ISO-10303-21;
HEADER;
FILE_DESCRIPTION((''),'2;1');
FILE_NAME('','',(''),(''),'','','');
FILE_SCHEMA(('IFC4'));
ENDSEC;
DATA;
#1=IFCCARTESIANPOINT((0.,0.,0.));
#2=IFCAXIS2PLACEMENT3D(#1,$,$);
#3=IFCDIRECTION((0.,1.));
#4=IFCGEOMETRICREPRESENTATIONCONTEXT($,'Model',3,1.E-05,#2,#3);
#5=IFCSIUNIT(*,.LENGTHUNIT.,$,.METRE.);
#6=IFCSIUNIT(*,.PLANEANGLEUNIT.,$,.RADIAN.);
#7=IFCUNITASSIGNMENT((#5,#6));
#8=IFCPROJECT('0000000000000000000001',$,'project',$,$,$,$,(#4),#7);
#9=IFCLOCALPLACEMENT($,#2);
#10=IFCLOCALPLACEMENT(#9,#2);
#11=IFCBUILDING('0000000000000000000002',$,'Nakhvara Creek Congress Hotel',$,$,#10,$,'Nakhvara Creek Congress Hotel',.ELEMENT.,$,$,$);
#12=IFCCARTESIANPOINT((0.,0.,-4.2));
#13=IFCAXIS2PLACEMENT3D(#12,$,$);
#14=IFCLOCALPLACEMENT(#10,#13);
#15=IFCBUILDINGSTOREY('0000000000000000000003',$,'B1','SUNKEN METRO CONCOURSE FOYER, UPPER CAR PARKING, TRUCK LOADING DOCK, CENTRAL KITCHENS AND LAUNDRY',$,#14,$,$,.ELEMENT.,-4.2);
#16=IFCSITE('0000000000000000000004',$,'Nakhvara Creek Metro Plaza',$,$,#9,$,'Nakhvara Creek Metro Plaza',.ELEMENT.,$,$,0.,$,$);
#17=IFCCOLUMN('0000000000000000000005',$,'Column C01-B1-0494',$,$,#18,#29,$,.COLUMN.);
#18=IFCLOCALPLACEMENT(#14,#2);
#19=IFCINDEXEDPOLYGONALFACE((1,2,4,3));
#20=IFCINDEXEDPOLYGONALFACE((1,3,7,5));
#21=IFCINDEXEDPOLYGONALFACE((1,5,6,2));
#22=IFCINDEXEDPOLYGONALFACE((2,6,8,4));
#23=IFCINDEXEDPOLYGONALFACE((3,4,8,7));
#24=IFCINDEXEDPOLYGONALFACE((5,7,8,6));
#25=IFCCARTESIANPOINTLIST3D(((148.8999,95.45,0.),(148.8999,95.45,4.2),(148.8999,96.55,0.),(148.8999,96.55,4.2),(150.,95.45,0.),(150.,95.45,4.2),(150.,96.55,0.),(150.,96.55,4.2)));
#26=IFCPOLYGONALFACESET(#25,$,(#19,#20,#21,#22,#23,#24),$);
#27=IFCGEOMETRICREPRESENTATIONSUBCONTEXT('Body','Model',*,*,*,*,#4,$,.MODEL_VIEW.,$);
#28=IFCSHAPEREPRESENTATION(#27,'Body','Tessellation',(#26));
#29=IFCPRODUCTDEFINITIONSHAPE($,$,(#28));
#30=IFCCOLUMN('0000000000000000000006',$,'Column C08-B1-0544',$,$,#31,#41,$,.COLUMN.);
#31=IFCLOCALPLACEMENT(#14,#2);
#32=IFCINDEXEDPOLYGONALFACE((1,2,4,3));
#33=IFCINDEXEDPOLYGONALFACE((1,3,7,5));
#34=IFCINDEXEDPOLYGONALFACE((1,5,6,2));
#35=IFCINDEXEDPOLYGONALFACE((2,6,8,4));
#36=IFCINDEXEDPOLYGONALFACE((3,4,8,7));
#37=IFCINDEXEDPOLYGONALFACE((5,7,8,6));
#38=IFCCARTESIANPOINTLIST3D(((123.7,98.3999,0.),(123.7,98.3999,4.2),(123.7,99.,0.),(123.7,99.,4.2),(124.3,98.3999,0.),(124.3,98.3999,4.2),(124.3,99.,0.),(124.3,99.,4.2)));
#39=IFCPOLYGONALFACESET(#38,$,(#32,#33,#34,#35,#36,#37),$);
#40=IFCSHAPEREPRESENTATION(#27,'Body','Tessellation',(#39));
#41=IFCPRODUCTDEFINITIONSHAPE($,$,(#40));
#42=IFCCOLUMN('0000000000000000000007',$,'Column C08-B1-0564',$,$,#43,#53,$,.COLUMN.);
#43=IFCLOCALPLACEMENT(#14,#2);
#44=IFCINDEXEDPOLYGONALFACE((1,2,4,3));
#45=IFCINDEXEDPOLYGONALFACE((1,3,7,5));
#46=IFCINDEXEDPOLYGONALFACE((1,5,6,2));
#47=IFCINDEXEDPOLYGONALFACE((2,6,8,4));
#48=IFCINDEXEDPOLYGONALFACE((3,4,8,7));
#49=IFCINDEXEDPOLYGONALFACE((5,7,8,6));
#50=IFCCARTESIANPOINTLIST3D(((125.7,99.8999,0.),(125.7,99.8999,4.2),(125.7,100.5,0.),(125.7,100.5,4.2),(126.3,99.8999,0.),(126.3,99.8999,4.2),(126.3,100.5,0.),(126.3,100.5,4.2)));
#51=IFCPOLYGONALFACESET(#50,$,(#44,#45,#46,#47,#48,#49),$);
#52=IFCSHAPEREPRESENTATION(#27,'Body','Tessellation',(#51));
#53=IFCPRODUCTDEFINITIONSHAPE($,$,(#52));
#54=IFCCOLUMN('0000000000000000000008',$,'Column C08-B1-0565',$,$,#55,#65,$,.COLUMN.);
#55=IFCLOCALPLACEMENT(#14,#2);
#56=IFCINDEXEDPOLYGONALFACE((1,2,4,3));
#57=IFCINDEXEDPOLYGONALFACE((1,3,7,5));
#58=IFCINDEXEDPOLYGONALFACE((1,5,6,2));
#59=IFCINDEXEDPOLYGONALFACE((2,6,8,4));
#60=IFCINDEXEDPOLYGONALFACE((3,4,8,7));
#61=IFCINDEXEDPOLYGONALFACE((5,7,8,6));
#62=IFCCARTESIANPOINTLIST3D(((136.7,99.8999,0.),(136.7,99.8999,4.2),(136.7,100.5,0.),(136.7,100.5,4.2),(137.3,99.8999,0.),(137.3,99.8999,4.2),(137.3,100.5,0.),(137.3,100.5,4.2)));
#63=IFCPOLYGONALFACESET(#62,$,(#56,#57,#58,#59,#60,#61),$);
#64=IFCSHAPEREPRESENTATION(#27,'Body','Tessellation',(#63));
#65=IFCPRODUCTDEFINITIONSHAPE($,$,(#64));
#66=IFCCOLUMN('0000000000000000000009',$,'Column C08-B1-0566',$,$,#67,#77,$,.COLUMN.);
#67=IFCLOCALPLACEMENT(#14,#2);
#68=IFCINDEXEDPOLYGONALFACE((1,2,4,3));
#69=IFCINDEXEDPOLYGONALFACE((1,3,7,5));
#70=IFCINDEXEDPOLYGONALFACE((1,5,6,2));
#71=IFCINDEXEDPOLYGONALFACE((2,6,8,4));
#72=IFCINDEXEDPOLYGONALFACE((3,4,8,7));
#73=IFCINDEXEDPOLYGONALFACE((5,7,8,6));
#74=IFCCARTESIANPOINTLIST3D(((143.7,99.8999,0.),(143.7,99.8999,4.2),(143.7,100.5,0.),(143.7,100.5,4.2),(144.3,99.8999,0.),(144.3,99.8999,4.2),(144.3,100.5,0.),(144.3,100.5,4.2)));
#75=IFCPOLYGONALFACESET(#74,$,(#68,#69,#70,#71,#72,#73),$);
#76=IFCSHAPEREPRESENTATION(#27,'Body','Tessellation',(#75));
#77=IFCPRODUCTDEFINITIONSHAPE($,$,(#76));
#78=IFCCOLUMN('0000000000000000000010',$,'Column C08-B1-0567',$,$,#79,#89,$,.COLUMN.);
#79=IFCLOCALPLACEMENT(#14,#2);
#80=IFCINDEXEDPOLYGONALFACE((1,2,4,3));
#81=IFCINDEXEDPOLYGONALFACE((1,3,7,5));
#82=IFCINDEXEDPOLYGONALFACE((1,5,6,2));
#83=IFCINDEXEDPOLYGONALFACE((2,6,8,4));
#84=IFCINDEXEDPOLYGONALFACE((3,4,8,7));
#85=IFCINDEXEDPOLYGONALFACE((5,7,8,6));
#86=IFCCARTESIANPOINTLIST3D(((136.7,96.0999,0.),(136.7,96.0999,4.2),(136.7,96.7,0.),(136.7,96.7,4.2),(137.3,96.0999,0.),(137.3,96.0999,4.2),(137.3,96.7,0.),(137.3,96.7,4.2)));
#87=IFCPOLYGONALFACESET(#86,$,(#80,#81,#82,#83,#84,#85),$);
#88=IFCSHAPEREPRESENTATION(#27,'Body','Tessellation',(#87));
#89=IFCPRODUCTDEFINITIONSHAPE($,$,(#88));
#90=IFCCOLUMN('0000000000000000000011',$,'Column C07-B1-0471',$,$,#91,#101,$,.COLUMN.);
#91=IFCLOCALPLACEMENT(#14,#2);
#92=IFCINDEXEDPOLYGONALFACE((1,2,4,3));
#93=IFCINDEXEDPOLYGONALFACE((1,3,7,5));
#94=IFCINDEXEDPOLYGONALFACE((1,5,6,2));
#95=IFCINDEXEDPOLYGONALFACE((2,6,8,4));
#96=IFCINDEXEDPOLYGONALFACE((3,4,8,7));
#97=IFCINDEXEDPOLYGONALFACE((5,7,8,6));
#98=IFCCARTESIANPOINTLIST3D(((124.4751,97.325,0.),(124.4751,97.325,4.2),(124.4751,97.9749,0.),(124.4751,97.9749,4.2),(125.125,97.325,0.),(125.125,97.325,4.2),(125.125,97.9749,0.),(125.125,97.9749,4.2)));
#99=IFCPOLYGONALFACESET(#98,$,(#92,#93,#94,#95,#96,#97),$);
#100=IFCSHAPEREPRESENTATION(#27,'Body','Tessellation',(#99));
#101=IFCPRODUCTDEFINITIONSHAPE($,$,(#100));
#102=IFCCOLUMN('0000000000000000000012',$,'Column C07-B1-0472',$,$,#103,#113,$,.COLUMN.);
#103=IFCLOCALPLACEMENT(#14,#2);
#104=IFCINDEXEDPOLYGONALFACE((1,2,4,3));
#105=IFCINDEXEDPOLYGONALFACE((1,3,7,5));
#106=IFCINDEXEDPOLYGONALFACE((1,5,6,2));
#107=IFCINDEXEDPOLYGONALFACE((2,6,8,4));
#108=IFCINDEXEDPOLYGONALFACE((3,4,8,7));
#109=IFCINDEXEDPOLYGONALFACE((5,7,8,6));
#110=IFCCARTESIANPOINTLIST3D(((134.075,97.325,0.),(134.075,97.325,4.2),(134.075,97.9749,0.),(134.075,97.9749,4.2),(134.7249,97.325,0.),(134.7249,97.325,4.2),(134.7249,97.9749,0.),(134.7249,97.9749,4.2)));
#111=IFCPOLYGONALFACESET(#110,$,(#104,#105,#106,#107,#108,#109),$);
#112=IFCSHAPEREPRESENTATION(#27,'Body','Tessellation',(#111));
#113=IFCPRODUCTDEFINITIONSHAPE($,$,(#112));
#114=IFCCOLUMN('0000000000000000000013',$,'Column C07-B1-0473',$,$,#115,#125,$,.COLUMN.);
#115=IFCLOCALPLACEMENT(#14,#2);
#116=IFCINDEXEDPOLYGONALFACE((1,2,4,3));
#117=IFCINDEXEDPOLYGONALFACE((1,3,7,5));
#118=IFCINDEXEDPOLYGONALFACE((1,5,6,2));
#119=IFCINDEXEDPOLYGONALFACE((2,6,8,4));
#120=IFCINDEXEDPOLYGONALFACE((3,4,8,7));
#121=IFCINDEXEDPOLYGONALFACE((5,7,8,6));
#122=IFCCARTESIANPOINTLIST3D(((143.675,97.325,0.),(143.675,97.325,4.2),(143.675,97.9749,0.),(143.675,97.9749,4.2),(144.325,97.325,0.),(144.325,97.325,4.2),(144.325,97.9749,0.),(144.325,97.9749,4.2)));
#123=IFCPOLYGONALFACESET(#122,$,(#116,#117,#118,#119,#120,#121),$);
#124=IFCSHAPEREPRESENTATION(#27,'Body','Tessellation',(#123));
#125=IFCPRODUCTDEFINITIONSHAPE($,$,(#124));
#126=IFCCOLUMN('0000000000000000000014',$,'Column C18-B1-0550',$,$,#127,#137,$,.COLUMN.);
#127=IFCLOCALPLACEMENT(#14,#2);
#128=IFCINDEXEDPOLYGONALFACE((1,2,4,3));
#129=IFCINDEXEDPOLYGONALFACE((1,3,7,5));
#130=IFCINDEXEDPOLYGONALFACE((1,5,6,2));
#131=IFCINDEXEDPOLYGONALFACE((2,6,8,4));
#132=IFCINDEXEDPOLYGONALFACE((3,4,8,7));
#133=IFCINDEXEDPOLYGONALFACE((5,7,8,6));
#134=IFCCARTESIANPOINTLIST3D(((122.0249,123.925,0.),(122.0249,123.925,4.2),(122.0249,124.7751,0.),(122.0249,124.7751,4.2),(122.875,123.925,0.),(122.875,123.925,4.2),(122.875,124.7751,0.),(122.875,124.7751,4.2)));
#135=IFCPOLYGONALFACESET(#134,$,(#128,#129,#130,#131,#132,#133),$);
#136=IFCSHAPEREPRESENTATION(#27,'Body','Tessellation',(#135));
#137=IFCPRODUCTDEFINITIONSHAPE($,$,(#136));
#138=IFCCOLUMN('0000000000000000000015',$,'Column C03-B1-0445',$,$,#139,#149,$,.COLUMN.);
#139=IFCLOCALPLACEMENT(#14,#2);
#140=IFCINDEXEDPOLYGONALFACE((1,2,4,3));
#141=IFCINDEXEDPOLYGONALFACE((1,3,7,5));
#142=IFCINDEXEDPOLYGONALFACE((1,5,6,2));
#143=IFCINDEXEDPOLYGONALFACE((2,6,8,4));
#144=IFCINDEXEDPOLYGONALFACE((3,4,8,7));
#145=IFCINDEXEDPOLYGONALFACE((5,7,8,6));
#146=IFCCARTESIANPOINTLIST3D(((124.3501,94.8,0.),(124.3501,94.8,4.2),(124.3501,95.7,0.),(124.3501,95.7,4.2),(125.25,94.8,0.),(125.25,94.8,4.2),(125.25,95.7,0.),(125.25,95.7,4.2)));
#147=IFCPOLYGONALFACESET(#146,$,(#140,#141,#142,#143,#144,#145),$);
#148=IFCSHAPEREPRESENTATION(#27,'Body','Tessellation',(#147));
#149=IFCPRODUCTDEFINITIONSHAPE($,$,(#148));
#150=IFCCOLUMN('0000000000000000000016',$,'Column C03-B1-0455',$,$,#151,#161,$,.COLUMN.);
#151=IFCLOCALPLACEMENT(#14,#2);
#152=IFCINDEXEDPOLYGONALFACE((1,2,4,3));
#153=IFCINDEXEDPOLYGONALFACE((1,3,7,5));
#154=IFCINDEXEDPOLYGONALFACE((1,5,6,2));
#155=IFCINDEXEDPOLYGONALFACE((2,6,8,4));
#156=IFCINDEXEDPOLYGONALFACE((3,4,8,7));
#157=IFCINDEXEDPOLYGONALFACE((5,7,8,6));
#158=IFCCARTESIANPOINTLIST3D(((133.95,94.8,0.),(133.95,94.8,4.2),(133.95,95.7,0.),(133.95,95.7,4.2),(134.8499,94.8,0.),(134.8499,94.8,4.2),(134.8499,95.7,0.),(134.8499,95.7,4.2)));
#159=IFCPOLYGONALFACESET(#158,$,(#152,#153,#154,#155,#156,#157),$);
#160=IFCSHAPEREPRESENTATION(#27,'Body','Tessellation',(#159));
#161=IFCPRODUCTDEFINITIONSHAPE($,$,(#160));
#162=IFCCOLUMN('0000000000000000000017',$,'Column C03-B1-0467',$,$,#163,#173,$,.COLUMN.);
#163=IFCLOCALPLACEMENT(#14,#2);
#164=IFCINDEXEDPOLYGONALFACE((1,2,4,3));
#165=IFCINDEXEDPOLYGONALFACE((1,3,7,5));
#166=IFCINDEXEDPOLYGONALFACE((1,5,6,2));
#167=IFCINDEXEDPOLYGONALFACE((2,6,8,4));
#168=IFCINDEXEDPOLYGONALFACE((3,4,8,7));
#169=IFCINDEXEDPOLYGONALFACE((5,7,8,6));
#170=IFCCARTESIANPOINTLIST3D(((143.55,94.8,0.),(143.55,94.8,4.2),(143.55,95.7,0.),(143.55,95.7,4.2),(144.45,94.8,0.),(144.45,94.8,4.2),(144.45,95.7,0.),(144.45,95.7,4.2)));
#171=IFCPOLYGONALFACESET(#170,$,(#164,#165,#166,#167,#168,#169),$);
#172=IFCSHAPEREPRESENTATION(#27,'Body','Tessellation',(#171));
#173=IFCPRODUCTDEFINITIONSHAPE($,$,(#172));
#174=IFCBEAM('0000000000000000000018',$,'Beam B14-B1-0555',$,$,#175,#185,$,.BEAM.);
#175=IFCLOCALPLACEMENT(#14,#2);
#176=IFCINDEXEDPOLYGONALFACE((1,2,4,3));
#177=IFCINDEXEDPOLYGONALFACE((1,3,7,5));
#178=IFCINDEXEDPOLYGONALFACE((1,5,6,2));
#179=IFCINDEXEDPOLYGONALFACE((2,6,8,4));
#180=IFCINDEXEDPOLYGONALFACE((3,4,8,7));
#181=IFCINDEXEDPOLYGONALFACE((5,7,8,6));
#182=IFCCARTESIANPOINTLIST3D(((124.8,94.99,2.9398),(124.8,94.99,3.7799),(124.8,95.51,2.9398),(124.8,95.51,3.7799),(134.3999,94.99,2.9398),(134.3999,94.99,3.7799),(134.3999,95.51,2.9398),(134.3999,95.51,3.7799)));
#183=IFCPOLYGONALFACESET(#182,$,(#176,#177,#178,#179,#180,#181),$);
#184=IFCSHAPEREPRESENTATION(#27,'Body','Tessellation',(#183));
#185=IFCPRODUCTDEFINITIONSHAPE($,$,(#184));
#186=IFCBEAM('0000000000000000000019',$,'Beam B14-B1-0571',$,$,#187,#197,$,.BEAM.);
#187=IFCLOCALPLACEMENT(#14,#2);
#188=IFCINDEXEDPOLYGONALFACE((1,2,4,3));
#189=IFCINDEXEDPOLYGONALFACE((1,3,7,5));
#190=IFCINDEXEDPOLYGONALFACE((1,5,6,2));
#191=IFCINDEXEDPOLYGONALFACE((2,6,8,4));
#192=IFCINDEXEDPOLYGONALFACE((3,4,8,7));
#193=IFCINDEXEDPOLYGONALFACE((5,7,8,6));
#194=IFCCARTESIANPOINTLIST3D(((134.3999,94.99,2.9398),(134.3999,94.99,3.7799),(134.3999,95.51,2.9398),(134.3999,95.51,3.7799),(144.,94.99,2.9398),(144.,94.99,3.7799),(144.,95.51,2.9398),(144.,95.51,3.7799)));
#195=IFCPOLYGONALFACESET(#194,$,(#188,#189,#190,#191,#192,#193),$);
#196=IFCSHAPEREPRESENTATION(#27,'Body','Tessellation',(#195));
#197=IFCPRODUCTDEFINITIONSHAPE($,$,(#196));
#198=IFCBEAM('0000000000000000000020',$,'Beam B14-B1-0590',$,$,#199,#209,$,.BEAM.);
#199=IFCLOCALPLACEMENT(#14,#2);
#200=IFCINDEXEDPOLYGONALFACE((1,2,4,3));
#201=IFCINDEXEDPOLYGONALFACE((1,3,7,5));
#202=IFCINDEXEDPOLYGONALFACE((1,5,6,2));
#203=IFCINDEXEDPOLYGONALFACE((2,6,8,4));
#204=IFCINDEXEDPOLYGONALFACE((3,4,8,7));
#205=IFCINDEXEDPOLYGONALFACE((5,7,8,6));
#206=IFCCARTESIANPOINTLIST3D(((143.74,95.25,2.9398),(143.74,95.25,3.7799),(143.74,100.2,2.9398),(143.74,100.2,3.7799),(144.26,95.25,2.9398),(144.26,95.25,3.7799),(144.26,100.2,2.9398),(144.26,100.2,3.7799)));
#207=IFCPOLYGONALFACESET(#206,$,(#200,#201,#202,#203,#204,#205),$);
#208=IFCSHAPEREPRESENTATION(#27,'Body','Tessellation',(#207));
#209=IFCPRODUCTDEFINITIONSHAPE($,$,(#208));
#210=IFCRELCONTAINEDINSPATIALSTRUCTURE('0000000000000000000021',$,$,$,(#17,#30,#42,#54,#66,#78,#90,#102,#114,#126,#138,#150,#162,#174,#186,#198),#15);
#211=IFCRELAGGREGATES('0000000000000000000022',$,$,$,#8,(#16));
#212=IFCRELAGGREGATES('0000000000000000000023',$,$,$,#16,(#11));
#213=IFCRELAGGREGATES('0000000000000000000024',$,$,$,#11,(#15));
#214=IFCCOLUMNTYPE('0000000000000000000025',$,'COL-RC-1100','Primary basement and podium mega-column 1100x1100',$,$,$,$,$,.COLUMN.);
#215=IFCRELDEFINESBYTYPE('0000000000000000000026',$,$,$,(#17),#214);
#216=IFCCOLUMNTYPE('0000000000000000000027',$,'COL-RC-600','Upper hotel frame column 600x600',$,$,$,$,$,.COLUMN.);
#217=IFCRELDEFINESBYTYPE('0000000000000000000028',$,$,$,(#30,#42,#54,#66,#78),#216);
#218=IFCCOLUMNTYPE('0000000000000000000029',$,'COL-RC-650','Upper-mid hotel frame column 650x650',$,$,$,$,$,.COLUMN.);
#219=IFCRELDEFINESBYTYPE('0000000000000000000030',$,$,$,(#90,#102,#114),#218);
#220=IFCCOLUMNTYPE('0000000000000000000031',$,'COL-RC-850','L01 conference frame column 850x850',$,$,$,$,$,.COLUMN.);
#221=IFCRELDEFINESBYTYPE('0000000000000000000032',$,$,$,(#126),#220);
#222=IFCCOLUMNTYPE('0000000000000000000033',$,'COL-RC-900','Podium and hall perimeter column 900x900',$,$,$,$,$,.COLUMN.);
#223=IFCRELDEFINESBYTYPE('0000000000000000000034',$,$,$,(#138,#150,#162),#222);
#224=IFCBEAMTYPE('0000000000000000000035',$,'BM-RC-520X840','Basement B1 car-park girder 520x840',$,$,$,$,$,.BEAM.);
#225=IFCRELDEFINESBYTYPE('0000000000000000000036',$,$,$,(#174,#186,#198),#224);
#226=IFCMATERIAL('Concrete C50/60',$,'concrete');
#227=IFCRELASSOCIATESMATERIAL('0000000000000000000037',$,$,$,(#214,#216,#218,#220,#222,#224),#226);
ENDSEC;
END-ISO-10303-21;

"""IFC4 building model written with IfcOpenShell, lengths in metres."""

from ifc_helpers import new_model, si_unit, direction, frame, origin, origin_2d, place, context, subcontext, project, spatial, rectangle, extrude, material, material_profile, profile_set, type_object, element, save


model = new_model("IFC4")

# Units and contexts
model_context = context("Model", 3, precision=1e-05, world=origin(), true_north=direction((0.0, 1.0)))
body_context = subcontext(model_context, "Body", "Model", "MODEL_VIEW")
ifc_project = project(units=[si_unit("LENGTHUNIT", "METRE"), si_unit("PLANEANGLEUNIT", "RADIAN")], contexts=[model_context])

# Site, building, storey
site_placement = place(None, origin())
site = spatial("IfcSite", under=ifc_project, at=site_placement, Name="Nakhvara Creek Metro Plaza", LongName="Nakhvara Creek Metro Plaza", CompositionType="ELEMENT", RefElevation=0.0)
building_placement = place(site_placement, origin())
building = spatial("IfcBuilding", under=site, at=building_placement, Name="Nakhvara Creek Congress Hotel", LongName="Nakhvara Creek Congress Hotel", CompositionType="ELEMENT")
storey_placement = place(building_placement, frame((0.0, 0.0, -4.2)))
storey = spatial("IfcBuildingStorey", under=building, at=storey_placement, Name="B1", Description="SUNKEN METRO CONCOURSE FOYER, UPPER CAR PARKING, TRUCK LOADING DOCK, CENTRAL KITCHENS AND LAUNDRY", CompositionType="ELEMENT", Elevation=-4.2)

# Columns
ifc_material_1 = material(Name="Concrete C50/60", Category="concrete")
ifc_material_profile_1 = material_profile(ifc_material_1, rectangle(XDim=1.1001, YDim=1.1001, at=origin_2d()), Name="RC-COL 1100x1100", Category="LoadBearing")
ifc_profile_set_1 = profile_set([ifc_material_profile_1], Name="Concrete C50/60")
column_type_1 = type_object("IfcColumnType", Name="COL-RC-1100", Description="Primary basement and podium mega-column 1100x1100", PredefinedType="COLUMN", material=ifc_profile_set_1)
column_1_placement = place(storey_placement, frame((149.45, 96.0, 0.0), z_axis=(0.0, 0.0, 1.0), x_axis=(1.0, 0.0, 0.0)))
element("IfcColumn", 1, at=column_1_placement, inside=storey, type_object=column_type_1, Name="Column C01-B1-0494", PredefinedType="COLUMN", context=body_context, shape_type="SweptSolid", body=[
    extrude(rectangle(XDim=1.1001, YDim=1.1001, at=origin_2d()), origin(), (0.0, 0.0, 1.0), 4.2),
])
ifc_material_profile_2 = material_profile(ifc_material_1, rectangle(XDim=0.6001, YDim=0.6001, at=origin_2d()), Name="RC-COL 600x600", Category="LoadBearing")
ifc_profile_set_2 = profile_set([ifc_material_profile_2], Name="Concrete C50/60")
column_type_2 = type_object("IfcColumnType", Name="COL-RC-600", Description="Upper hotel frame column 600x600", PredefinedType="COLUMN", material=ifc_profile_set_2)
for number, where, z_axis, x_axis, name in (
    (2, (124.0, 98.7, 0.0), (0.0, 0.0, 1.0), (1.0, 0.0, 0.0), "Column C08-B1-0544"),
    (3, (126.0, 100.2, 0.0), (0.0, 0.0, 1.0), (1.0, 0.0, 0.0), "Column C08-B1-0564"),
    (4, (137.0, 100.2, 0.0), (0.0, 0.0, 1.0), (1.0, 0.0, 0.0), "Column C08-B1-0565"),
    (5, (144.0, 100.2, 0.0), (0.0, 0.0, 1.0), (1.0, 0.0, 0.0), "Column C08-B1-0566"),
    (6, (137.0, 96.3999, 0.0), (0.0, 0.0, 1.0), (1.0, 0.0, 0.0), "Column C08-B1-0567"),
):
    element("IfcColumn", number, at=place(storey_placement, frame(where, z_axis=z_axis, x_axis=x_axis)), inside=storey, type_object=column_type_2, Name=name, PredefinedType="COLUMN", context=body_context, shape_type="SweptSolid", body=[
        extrude(rectangle(XDim=0.6001, YDim=0.6001, at=origin_2d()), origin(), (0.0, 0.0, 1.0), 4.2),
    ])
ifc_material_profile_3 = material_profile(ifc_material_1, rectangle(XDim=0.6499, YDim=0.6499, at=origin_2d()), Name="RC-COL 650x650", Category="LoadBearing")
ifc_profile_set_3 = profile_set([ifc_material_profile_3], Name="Concrete C50/60")
column_type_3 = type_object("IfcColumnType", Name="COL-RC-650", Description="Upper-mid hotel frame column 650x650", PredefinedType="COLUMN", material=ifc_profile_set_3)
for number, where, z_axis, x_axis, name in (
    (7, (124.8, 97.6499, 0.0), (0.0, 0.0, 1.0), (1.0, 0.0, 0.0), "Column C07-B1-0471"),
    (8, (134.3999, 97.6499, 0.0), (0.0, 0.0, 1.0), (1.0, 0.0, 0.0), "Column C07-B1-0472"),
    (9, (144.0, 97.6499, 0.0), (0.0, 0.0, 1.0), (1.0, 0.0, 0.0), "Column C07-B1-0473"),
):
    element("IfcColumn", number, at=place(storey_placement, frame(where, z_axis=z_axis, x_axis=x_axis)), inside=storey, type_object=column_type_3, Name=name, PredefinedType="COLUMN", context=body_context, shape_type="SweptSolid", body=[
        extrude(rectangle(XDim=0.6499, YDim=0.6499, at=origin_2d()), origin(), (0.0, 0.0, 1.0), 4.2),
    ])
ifc_material_profile_4 = material_profile(ifc_material_1, rectangle(XDim=0.8501, YDim=0.8501, at=origin_2d()), Name="RC-COL 850x850", Category="LoadBearing")
ifc_profile_set_4 = profile_set([ifc_material_profile_4], Name="Concrete C50/60")
column_type_4 = type_object("IfcColumnType", Name="COL-RC-850", Description="L01 conference frame column 850x850", PredefinedType="COLUMN", material=ifc_profile_set_4)
column_2_placement = place(storey_placement, frame((122.45, 124.3501, 0.0), z_axis=(0.0, 0.0, 1.0), x_axis=(1.0, 0.0, 0.0)))
element("IfcColumn", 10, at=column_2_placement, inside=storey, type_object=column_type_4, Name="Column C18-B1-0550", PredefinedType="COLUMN", context=body_context, shape_type="SweptSolid", body=[
    extrude(rectangle(XDim=0.8501, YDim=0.8501, at=origin_2d()), origin(), (0.0, 0.0, 1.0), 4.2),
])
ifc_material_profile_5 = material_profile(ifc_material_1, rectangle(XDim=0.8999, YDim=0.8999, at=origin_2d()), Name="RC-COL 900x900", Category="LoadBearing")
ifc_profile_set_5 = profile_set([ifc_material_profile_5], Name="Concrete C50/60")
column_type_5 = type_object("IfcColumnType", Name="COL-RC-900", Description="Podium and hall perimeter column 900x900", PredefinedType="COLUMN", material=ifc_profile_set_5)
for number, where, z_axis, x_axis, name in (
    (11, (124.8, 95.25, 0.0), (0.0, 0.0, 1.0), (1.0, 0.0, 0.0), "Column C03-B1-0445"),
    (12, (134.3999, 95.25, 0.0), (0.0, 0.0, 1.0), (1.0, 0.0, 0.0), "Column C03-B1-0455"),
    (13, (144.0, 95.25, 0.0), (0.0, 0.0, 1.0), (1.0, 0.0, 0.0), "Column C03-B1-0467"),
):
    element("IfcColumn", number, at=place(storey_placement, frame(where, z_axis=z_axis, x_axis=x_axis)), inside=storey, type_object=column_type_5, Name=name, PredefinedType="COLUMN", context=body_context, shape_type="SweptSolid", body=[
        extrude(rectangle(XDim=0.8999, YDim=0.8999, at=origin_2d()), origin(), (0.0, 0.0, 1.0), 4.2),
    ])

# Beams
ifc_material_profile_6 = material_profile(ifc_material_1, rectangle(XDim=0.52, YDim=0.8401, at=origin_2d()), Name="RC-BM 520x840", Category="LoadBearing")
ifc_profile_set_6 = profile_set([ifc_material_profile_6], Name="Concrete C50/60")
beam_type = type_object("IfcBeamType", Name="BM-RC-520X840", Description="Basement B1 car-park girder 520x840", PredefinedType="BEAM", material=ifc_profile_set_6)
beam_1_placement = place(storey_placement, frame((124.8, 95.25, 3.3599), z_axis=(1.0, 0.0, 0.0), x_axis=(0.0, 1.0, 0.0)))
element("IfcBeam", 14, at=beam_1_placement, inside=storey, type_object=beam_type, Name="Beam B14-B1-0555", PredefinedType="BEAM", context=body_context, shape_type="SweptSolid", body=[
    extrude(rectangle(XDim=0.52, YDim=0.8401, at=origin_2d()), origin(), (0.0, 0.0, 1.0), 9.5999),
])
beam_2_placement = place(storey_placement, frame((134.3999, 95.25, 3.3599), z_axis=(1.0, 0.0, 0.0), x_axis=(0.0, 1.0, 0.0)))
element("IfcBeam", 15, at=beam_2_placement, inside=storey, type_object=beam_type, Name="Beam B14-B1-0571", PredefinedType="BEAM", context=body_context, shape_type="SweptSolid", body=[
    extrude(rectangle(XDim=0.52, YDim=0.8401, at=origin_2d()), origin(), (0.0, 0.0, 1.0), 9.6001),
])
beam_3_placement = place(storey_placement, frame((144.0, 95.25, 3.3599), z_axis=(0.0, 1.0, 0.0), x_axis=(-1.0, 0.0, 0.0)))
element("IfcBeam", 16, at=beam_3_placement, inside=storey, type_object=beam_type, Name="Beam B14-B1-0590", PredefinedType="BEAM", context=body_context, shape_type="SweptSolid", body=[
    extrude(rectangle(XDim=0.52, YDim=0.8401, at=origin_2d()), origin(), (0.0, 0.0, 1.0), 4.95),
])

save(model, "model.ifc")
